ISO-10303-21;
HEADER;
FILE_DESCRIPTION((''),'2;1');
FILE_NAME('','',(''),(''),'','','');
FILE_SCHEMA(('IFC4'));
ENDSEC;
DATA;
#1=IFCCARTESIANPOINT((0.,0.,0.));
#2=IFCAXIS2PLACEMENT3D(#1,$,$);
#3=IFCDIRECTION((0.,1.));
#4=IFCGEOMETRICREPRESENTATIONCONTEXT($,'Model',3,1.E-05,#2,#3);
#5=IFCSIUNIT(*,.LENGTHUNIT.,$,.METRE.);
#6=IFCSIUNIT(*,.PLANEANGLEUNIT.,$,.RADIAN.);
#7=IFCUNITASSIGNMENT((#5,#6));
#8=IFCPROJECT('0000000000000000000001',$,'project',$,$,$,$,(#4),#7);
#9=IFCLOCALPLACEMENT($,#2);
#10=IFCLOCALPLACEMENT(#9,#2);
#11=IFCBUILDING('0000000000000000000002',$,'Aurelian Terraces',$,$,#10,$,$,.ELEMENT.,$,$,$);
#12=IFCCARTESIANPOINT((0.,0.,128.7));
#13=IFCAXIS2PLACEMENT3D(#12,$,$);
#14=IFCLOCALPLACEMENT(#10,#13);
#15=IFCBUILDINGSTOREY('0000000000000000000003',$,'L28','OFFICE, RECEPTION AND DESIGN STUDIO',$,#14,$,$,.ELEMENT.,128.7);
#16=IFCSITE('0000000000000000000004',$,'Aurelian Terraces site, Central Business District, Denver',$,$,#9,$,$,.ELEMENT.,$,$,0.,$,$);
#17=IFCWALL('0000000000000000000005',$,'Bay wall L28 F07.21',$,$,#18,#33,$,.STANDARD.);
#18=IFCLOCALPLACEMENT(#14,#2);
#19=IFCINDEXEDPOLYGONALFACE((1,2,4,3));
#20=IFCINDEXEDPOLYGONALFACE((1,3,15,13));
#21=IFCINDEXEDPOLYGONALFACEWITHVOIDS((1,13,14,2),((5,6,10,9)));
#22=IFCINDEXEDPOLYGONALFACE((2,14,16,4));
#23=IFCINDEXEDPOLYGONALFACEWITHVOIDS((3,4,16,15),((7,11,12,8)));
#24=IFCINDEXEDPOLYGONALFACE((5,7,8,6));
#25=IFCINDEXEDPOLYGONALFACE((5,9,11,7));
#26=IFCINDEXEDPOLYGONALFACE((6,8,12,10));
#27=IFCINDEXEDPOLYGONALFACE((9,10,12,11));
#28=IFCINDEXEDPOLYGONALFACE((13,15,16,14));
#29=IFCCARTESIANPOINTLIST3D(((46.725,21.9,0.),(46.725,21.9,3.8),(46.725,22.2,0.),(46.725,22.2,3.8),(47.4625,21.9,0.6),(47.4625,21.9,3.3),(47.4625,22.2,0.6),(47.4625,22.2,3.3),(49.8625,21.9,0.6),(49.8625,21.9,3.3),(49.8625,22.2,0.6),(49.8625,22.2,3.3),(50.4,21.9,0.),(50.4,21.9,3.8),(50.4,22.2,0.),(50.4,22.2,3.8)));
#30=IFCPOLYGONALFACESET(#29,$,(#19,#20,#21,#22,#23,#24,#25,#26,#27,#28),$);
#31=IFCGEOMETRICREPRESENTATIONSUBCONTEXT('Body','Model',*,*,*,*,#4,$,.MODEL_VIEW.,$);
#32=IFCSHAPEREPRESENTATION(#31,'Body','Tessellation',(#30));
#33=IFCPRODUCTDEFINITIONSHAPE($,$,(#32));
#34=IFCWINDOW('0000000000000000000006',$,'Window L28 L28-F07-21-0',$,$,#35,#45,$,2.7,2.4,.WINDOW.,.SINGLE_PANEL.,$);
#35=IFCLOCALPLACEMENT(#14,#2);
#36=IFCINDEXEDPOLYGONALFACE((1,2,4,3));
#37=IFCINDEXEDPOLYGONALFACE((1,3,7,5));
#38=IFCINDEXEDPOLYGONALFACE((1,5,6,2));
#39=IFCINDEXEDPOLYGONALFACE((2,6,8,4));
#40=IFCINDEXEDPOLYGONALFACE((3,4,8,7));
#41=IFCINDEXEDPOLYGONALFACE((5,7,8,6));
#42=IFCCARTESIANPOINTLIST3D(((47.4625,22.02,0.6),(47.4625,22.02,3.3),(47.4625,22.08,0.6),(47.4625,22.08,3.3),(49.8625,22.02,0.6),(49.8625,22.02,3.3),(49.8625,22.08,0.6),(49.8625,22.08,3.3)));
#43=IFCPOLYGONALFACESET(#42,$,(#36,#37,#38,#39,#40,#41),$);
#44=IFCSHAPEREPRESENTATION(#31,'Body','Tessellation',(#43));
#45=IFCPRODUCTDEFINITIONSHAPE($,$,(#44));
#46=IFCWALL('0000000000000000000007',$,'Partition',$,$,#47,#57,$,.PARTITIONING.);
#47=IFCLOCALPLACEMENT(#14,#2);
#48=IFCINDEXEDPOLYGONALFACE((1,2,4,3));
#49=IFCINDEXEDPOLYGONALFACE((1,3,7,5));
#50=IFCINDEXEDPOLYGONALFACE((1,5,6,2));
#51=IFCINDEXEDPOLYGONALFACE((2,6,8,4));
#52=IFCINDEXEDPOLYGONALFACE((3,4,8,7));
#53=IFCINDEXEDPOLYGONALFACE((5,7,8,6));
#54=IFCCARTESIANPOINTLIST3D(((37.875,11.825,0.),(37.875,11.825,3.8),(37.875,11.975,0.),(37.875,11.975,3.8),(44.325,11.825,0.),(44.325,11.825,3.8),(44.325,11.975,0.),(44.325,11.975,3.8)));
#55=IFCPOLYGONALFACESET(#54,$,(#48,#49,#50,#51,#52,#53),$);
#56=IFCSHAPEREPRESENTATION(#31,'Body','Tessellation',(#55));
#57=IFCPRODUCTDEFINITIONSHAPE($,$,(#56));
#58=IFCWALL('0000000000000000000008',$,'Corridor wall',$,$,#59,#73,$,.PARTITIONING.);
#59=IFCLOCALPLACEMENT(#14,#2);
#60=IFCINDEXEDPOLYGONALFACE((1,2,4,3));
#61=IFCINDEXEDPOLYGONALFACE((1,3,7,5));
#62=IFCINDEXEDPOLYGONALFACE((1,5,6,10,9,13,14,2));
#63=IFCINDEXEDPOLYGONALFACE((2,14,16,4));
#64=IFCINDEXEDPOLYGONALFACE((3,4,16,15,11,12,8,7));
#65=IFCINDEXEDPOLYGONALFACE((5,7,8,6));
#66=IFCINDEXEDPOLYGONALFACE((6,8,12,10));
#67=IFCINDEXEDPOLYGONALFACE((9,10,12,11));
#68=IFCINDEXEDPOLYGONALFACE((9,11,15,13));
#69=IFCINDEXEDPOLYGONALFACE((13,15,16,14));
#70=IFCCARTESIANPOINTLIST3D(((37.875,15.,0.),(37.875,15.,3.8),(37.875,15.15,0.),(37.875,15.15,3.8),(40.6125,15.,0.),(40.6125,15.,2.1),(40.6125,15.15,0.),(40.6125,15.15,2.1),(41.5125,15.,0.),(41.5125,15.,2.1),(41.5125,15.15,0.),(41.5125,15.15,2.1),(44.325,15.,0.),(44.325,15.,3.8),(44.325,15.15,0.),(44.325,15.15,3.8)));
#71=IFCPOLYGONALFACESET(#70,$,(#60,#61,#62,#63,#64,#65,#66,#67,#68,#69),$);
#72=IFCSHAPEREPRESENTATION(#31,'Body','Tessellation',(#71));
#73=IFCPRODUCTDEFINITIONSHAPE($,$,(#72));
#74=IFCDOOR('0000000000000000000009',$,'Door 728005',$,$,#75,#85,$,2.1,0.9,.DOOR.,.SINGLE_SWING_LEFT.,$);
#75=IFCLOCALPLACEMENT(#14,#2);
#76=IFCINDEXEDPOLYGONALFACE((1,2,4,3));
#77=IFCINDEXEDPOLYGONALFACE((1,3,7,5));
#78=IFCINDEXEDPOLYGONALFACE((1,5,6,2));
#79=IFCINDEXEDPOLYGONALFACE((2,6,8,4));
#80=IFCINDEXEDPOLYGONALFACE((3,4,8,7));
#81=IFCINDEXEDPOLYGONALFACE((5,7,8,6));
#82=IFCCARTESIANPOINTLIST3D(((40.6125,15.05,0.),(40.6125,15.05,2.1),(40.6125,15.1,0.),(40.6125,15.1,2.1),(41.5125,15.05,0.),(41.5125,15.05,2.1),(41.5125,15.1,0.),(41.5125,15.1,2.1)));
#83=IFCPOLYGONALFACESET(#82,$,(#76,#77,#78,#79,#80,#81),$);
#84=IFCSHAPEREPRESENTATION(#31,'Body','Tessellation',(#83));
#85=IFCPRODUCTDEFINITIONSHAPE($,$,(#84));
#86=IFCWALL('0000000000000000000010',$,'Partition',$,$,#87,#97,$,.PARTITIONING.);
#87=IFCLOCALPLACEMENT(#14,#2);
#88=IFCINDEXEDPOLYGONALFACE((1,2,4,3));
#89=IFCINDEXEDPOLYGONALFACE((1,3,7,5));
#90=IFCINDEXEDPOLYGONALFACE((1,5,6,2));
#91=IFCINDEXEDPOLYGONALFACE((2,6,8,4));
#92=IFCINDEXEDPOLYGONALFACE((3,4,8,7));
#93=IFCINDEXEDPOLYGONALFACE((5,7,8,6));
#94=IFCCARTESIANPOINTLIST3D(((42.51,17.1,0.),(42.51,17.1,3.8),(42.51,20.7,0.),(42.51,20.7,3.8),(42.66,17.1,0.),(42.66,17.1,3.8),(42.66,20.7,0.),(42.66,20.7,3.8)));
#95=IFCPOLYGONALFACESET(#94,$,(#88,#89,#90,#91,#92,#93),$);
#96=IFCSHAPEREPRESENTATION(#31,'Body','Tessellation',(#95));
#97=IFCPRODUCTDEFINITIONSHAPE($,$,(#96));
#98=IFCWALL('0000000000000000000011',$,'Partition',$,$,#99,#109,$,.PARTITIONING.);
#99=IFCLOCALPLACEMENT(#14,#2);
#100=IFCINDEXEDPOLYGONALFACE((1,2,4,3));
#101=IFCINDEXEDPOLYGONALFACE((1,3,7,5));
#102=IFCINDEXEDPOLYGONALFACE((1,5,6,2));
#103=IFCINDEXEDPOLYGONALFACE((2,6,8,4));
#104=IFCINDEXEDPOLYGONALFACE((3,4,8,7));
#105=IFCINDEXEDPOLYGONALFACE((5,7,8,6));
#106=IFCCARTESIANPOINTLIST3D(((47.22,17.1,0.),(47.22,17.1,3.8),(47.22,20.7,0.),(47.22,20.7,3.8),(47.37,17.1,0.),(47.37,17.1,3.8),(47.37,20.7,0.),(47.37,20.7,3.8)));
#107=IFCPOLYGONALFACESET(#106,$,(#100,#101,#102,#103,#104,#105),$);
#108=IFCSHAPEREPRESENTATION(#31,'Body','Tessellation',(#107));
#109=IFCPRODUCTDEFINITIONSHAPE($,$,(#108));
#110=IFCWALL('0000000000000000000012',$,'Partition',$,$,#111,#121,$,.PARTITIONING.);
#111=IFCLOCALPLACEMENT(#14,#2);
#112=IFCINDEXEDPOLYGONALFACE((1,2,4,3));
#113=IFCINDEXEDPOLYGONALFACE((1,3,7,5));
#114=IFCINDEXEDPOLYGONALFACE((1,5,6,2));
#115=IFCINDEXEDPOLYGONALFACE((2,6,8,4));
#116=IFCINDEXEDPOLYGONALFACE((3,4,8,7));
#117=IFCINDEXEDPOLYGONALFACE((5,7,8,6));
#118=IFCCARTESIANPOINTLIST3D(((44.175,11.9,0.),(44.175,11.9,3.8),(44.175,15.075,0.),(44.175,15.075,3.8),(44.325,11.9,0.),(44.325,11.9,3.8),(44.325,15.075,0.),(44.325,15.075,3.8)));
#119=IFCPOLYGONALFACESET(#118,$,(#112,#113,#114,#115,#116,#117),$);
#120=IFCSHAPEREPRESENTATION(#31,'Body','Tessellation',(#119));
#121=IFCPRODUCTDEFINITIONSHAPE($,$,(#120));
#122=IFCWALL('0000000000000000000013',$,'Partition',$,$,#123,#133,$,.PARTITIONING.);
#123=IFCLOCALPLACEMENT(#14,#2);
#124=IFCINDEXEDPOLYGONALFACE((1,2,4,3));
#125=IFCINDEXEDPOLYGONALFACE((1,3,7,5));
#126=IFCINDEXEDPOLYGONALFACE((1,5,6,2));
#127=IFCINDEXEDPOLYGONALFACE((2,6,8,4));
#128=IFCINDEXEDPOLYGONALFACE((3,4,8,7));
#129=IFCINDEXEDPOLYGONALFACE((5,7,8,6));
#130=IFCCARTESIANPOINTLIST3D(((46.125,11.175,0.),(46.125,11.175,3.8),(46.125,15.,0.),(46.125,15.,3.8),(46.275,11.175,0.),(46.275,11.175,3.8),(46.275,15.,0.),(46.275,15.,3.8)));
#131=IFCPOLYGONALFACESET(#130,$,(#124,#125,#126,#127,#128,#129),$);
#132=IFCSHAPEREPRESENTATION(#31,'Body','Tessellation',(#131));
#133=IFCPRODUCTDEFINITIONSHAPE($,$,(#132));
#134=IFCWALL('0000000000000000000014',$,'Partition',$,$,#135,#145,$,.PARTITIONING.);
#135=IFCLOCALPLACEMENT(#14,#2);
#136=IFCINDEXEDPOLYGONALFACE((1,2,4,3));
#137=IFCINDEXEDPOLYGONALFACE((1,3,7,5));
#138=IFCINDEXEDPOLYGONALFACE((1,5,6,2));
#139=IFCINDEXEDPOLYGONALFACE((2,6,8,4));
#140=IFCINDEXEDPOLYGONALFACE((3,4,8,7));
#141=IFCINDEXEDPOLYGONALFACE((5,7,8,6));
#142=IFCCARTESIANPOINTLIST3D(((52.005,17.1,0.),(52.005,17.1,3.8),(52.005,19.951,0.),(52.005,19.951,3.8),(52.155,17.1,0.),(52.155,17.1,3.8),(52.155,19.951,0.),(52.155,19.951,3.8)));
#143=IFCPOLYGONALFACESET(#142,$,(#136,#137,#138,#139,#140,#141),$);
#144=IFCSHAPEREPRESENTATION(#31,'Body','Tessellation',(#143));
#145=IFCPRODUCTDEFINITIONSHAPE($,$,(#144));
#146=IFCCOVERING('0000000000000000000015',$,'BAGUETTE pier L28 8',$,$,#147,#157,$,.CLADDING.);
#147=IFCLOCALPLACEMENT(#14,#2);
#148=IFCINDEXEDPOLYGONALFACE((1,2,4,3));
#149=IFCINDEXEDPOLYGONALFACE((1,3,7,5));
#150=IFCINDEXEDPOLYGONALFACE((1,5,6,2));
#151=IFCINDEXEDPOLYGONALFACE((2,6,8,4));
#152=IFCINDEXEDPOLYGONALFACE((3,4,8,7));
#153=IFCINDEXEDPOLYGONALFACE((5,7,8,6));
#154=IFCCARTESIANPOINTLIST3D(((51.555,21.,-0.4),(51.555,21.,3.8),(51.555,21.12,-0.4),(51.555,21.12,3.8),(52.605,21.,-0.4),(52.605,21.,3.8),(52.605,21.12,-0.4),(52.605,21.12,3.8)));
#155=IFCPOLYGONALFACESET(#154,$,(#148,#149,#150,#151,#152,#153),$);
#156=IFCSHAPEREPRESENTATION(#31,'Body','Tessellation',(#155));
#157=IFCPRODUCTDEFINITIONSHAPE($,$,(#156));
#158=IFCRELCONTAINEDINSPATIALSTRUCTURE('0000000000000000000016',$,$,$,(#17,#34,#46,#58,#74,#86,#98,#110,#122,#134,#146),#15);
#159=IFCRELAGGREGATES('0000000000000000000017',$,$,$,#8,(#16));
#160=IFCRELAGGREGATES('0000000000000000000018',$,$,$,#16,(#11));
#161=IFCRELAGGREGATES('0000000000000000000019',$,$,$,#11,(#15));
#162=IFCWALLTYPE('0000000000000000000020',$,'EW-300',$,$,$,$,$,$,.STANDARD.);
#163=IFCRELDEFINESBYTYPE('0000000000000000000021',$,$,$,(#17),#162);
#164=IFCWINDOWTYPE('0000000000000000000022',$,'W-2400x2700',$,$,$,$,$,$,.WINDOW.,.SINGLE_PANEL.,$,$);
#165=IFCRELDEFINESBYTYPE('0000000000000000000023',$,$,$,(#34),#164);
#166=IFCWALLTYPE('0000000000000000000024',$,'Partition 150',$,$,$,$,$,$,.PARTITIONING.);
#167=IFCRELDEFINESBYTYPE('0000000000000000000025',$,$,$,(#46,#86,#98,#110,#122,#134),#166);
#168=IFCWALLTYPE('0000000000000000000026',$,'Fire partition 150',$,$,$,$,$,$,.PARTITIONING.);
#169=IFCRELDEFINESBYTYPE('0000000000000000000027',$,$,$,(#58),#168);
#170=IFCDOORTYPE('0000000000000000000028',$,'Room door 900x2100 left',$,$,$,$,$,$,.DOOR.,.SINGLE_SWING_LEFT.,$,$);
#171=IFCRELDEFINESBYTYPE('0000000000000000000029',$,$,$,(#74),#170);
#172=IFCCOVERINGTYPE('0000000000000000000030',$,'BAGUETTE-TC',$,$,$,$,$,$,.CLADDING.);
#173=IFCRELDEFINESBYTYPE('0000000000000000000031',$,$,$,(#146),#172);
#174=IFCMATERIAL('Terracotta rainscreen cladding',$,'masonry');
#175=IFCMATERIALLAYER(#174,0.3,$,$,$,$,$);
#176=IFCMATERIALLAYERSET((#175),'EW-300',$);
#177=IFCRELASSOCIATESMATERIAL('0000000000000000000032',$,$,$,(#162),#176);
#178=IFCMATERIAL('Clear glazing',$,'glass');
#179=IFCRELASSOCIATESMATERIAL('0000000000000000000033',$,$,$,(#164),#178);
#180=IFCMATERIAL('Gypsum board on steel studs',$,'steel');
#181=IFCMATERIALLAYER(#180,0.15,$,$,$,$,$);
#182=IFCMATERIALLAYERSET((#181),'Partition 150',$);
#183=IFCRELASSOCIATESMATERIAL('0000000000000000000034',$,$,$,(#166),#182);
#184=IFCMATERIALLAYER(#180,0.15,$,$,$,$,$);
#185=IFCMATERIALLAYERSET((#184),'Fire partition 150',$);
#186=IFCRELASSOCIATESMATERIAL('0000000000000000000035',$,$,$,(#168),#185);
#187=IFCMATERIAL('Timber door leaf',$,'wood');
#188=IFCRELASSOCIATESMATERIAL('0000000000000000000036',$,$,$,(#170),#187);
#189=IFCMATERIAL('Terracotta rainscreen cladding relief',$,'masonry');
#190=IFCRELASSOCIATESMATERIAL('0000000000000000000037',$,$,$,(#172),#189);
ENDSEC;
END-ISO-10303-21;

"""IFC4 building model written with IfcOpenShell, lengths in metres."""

from ifc_helpers import new_model, si_unit, direction, frame, frame_2d, origin, origin_2d, place, context, subcontext, project, spatial, rectangle, extrude, source, transform, mapped, material, layer, layer_set, type_object, element, fill, save


model = new_model("IFC4")

# Units and contexts
model_context = context("Model", 3, precision=1e-05, world=origin(), true_north=direction((0.0, 1.0)))
body_context = subcontext(model_context, "Body", "Model", "MODEL_VIEW")
ifc_project = project(units=[si_unit("LENGTHUNIT", "METRE"), si_unit("PLANEANGLEUNIT", "RADIAN")], contexts=[model_context])

# Site, building, storey
site_placement = place(None, origin())
site = spatial("IfcSite", under=ifc_project, at=site_placement, Name="Aurelian Terraces site, Central Business District, Denver", CompositionType="ELEMENT", RefElevation=0.0)
building_placement = place(site_placement, origin())
building = spatial("IfcBuilding", under=site, at=building_placement, Name="Aurelian Terraces", CompositionType="ELEMENT")
storey_placement = place(building_placement, frame((0.0, 0.0, 128.7)))
storey = spatial("IfcBuildingStorey", under=building, at=storey_placement, Name="L28", Description="OFFICE, RECEPTION AND DESIGN STUDIO", CompositionType="ELEMENT", Elevation=128.7)

# Shared definitions
ifc_material_1 = material(Name="Terracotta rainscreen cladding", Category="masonry")
ifc_layer_1 = layer(ifc_material_1, 0.3)
ifc_layer_set_1 = layer_set([ifc_layer_1], Name="EW-300")
wall_type_1 = type_object("IfcWallType", Name="EW-300", PredefinedType="STANDARD", material=ifc_layer_set_1)

# Shared definitions
ifc_material_2 = material(Name="Clear glazing", Category="glass")
window_type = type_object("IfcWindowType", Name="W-2400x2700", PartitioningType="SINGLE_PANEL", PredefinedType="WINDOW", material=ifc_material_2)
shared_shape_1 = source(origin(), body_context, "Body", "SweptSolid", [
    extrude(rectangle(XDim=2.4, YDim=2.7, at=frame_2d((1.2, 1.35))), frame((0.0, 0.03, 0.0), z_axis=(0.0, -1.0, 0.0), x_axis=(1.0, 0.0, 0.0)), (0.0, 0.0, 1.0), 0.06),
])

# Shared definitions
shared_shape_2 = source(origin(), body_context, "Body", "SweptSolid", [
    extrude(rectangle(XDim=2.4, YDim=2.7, at=frame_2d((1.2, 1.35))), frame((0.0, 0.16, 0.0), z_axis=(0.0, -1.0, 0.0), x_axis=(1.0, 0.0, 0.0)), (0.0, 0.0, 1.0), 0.32),
])

# Wall, opening, window
shared_shape_3 = source(origin(), body_context, "Body", "SweptSolid", [
    extrude(rectangle(XDim=3.675, YDim=0.3, at=frame_2d((1.8375, 0.0))), origin(), (0.0, 0.0, 1.0), 3.8),
])
wall_1_placement = place(storey_placement, frame((50.4, 22.05, 0.0), z_axis=(0.0, 0.0, 1.0), x_axis=(-1.0, 0.0, 0.0)))
wall_1 = element("IfcWall", 1, at=wall_1_placement, inside=storey, type_object=wall_type_1, Name="Bay wall L28 F07.21", PredefinedType="STANDARD", context=body_context, shape_type="MappedRepresentation", body=[
    mapped(shared_shape_3, transform((0.0, 0.0, 0.0), scale=1.0)),
])
opening_1_placement = place(wall_1_placement, frame((0.5375, 0.0, 0.6)))
opening_1 = element("IfcOpeningElement", 2, at=opening_1_placement, cuts=wall_1, PredefinedType="OPENING", context=body_context, shape_type="MappedRepresentation", body=[
    mapped(shared_shape_2, transform((0.0, 0.0, 0.0), scale=1.0)),
])
window_1_placement = place(opening_1_placement, origin())
window_1 = element("IfcWindow", 3, at=window_1_placement, inside=storey, type_object=window_type, Name="Window L28 L28-F07-21-0", OverallHeight=2.7, OverallWidth=2.4, PartitioningType="SINGLE_PANEL", PredefinedType="WINDOW", context=body_context, shape_type="MappedRepresentation", body=[
    mapped(shared_shape_1, transform((0.0, 0.0, 0.0), scale=1.0)),
])
fill(opening_1, window_1)

# Wall
ifc_material_3 = material(Name="Gypsum board on steel studs", Category="steel")
ifc_layer_2 = layer(ifc_material_3, 0.15)
ifc_layer_set_2 = layer_set([ifc_layer_2], Name="Partition 150")
wall_type_2 = type_object("IfcWallType", Name="Partition 150", PredefinedType="PARTITIONING", material=ifc_layer_set_2)
shared_shape_4 = source(origin(), body_context, "Body", "SweptSolid", [
    extrude(rectangle(XDim=6.45, YDim=0.15, at=frame_2d((3.225, 0.0))), origin(), (0.0, 0.0, 1.0), 3.8),
])
wall_2_placement = place(storey_placement, frame((37.875, 11.9, 0.0), z_axis=(0.0, 0.0, 1.0), x_axis=(1.0, 0.0, 0.0)))
element("IfcWall", 4, at=wall_2_placement, inside=storey, type_object=wall_type_2, Name="Partition", PredefinedType="PARTITIONING", context=body_context, shape_type="MappedRepresentation", body=[
    mapped(shared_shape_4, transform((0.0, 0.0, 0.0), scale=1.0)),
])

# Wall, opening, door
ifc_layer_3 = layer(ifc_material_3, 0.15)
ifc_layer_set_3 = layer_set([ifc_layer_3], Name="Fire partition 150")
wall_type_3 = type_object("IfcWallType", Name="Fire partition 150", PredefinedType="PARTITIONING", material=ifc_layer_set_3)
wall_3_placement = place(storey_placement, frame((44.325, 15.075, 0.0), z_axis=(0.0, 0.0, 1.0), x_axis=(-1.0, 0.0, 0.0)))
wall_3 = element("IfcWall", 5, at=wall_3_placement, inside=storey, type_object=wall_type_3, Name="Corridor wall", PredefinedType="PARTITIONING", context=body_context, shape_type="MappedRepresentation", body=[
    mapped(shared_shape_4, transform((0.0, 0.0, 0.0), scale=1.0)),
])
shared_shape_5 = source(origin(), body_context, "Body", "SweptSolid", [
    extrude(rectangle(XDim=0.9, YDim=2.1, at=frame_2d((0.45, 1.05))), frame((0.0, 0.085, 0.0), z_axis=(0.0, -1.0, 0.0), x_axis=(1.0, 0.0, 0.0)), (0.0, 0.0, 1.0), 0.17),
])
opening_2_placement = place(wall_3_placement, frame((2.8125, 0.0, 0.0)))
opening_2 = element("IfcOpeningElement", 6, at=opening_2_placement, cuts=wall_3, PredefinedType="OPENING", context=body_context, shape_type="MappedRepresentation", body=[
    mapped(shared_shape_5, transform((0.0, 0.0, 0.0), scale=1.0)),
])
ifc_material_4 = material(Name="Timber door leaf", Category="wood")
door_type = type_object("IfcDoorType", Name="Room door 900x2100 left", OperationType="SINGLE_SWING_LEFT", PredefinedType="DOOR", material=ifc_material_4)
shared_shape_6 = source(origin(), body_context, "Body", "SweptSolid", [
    extrude(rectangle(XDim=0.9, YDim=2.1, at=frame_2d((0.45, 1.05))), frame((0.0, 0.025, 0.0), z_axis=(0.0, -1.0, 0.0), x_axis=(1.0, 0.0, 0.0)), (0.0, 0.0, 1.0), 0.05),
])
door_placement = place(opening_2_placement, origin())
door = element("IfcDoor", 7, at=door_placement, inside=storey, type_object=door_type, Name="Door 728005", OperationType="SINGLE_SWING_LEFT", OverallHeight=2.1, OverallWidth=0.9, PredefinedType="DOOR", context=body_context, shape_type="MappedRepresentation", body=[
    mapped(shared_shape_6, transform((0.0, 0.0, 0.0), scale=1.0)),
])
fill(opening_2, door)

# Walls
shared_shape_7 = source(origin(), body_context, "Body", "SweptSolid", [
    extrude(rectangle(XDim=3.6, YDim=0.15, at=frame_2d((1.8, 0.0))), origin(), (0.0, 0.0, 1.0), 3.8),
])
for number, where, z_axis, x_axis, name in (
    (8, (42.585, 20.7, 0.0), (0.0, 0.0, 1.0), (0.0, -1.0, 0.0), "Partition"),
    (9, (47.295, 20.7, 0.0), (0.0, 0.0, 1.0), (0.0, -1.0, 0.0), "Partition"),
):
    element("IfcWall", number, at=place(storey_placement, frame(where, z_axis=z_axis, x_axis=x_axis)), inside=storey, type_object=wall_type_2, Name=name, PredefinedType="PARTITIONING", context=body_context, shape_type="MappedRepresentation", body=[
        mapped(shared_shape_7, transform((0.0, 0.0, 0.0), scale=1.0)),
    ])
shared_shape_8 = source(origin(), body_context, "Body", "SweptSolid", [
    extrude(rectangle(XDim=3.175, YDim=0.15, at=frame_2d((1.5875, 0.0))), origin(), (0.0, 0.0, 1.0), 3.8),
])
wall_4_placement = place(storey_placement, frame((44.25, 11.9, 0.0), z_axis=(0.0, 0.0, 1.0), x_axis=(0.0, 1.0, 0.0)))
element("IfcWall", 10, at=wall_4_placement, inside=storey, type_object=wall_type_2, Name="Partition", PredefinedType="PARTITIONING", context=body_context, shape_type="MappedRepresentation", body=[
    mapped(shared_shape_8, transform((0.0, 0.0, 0.0), scale=1.0)),
])
shared_shape_9 = source(origin(), body_context, "Body", "SweptSolid", [
    extrude(rectangle(XDim=3.825, YDim=0.15, at=frame_2d((1.9125, 0.0))), origin(), (0.0, 0.0, 1.0), 3.8),
])
wall_5_placement = place(storey_placement, frame((46.2, 11.175, 0.0), z_axis=(0.0, 0.0, 1.0), x_axis=(0.0, 1.0, 0.0)))
element("IfcWall", 11, at=wall_5_placement, inside=storey, type_object=wall_type_2, Name="Partition", PredefinedType="PARTITIONING", context=body_context, shape_type="MappedRepresentation", body=[
    mapped(shared_shape_9, transform((0.0, 0.0, 0.0), scale=1.0)),
])
shared_shape_10 = source(origin(), body_context, "Body", "SweptSolid", [
    extrude(rectangle(XDim=2.851, YDim=0.15, at=frame_2d((1.4255, 0.0))), origin(), (0.0, 0.0, 1.0), 3.8),
])
wall_6_placement = place(storey_placement, frame((52.08, 17.1, 0.0), z_axis=(0.0, 0.0, 1.0), x_axis=(0.0, 1.0, 0.0)))
element("IfcWall", 12, at=wall_6_placement, inside=storey, type_object=wall_type_2, Name="Partition", PredefinedType="PARTITIONING", context=body_context, shape_type="MappedRepresentation", body=[
    mapped(shared_shape_10, transform((0.0, 0.0, 0.0), scale=1.0)),
])

# Covering
ifc_material_5 = material(Name="Terracotta rainscreen cladding relief", Category="masonry")
covering_type = type_object("IfcCoveringType", Name="BAGUETTE-TC", PredefinedType="CLADDING", material=ifc_material_5)
shared_shape_11 = source(origin(), body_context, "Body", "SweptSolid", [
    extrude(rectangle(XDim=1.05, YDim=0.12, at=origin_2d()), origin(), (0.0, 0.0, 1.0), 4.2),
])
covering_placement = place(storey_placement, frame((52.08, 21.06, -0.4), z_axis=(0.0, 0.0, 1.0), x_axis=(1.0, 0.0, 0.0)))
element("IfcCovering", 13, at=covering_placement, inside=storey, type_object=covering_type, Name="BAGUETTE pier L28 8", PredefinedType="CLADDING", context=body_context, shape_type="MappedRepresentation", body=[
    mapped(shared_shape_11, transform((0.0, 0.0, 0.0), scale=1.0)),
])

save(model, "model.ifc")
